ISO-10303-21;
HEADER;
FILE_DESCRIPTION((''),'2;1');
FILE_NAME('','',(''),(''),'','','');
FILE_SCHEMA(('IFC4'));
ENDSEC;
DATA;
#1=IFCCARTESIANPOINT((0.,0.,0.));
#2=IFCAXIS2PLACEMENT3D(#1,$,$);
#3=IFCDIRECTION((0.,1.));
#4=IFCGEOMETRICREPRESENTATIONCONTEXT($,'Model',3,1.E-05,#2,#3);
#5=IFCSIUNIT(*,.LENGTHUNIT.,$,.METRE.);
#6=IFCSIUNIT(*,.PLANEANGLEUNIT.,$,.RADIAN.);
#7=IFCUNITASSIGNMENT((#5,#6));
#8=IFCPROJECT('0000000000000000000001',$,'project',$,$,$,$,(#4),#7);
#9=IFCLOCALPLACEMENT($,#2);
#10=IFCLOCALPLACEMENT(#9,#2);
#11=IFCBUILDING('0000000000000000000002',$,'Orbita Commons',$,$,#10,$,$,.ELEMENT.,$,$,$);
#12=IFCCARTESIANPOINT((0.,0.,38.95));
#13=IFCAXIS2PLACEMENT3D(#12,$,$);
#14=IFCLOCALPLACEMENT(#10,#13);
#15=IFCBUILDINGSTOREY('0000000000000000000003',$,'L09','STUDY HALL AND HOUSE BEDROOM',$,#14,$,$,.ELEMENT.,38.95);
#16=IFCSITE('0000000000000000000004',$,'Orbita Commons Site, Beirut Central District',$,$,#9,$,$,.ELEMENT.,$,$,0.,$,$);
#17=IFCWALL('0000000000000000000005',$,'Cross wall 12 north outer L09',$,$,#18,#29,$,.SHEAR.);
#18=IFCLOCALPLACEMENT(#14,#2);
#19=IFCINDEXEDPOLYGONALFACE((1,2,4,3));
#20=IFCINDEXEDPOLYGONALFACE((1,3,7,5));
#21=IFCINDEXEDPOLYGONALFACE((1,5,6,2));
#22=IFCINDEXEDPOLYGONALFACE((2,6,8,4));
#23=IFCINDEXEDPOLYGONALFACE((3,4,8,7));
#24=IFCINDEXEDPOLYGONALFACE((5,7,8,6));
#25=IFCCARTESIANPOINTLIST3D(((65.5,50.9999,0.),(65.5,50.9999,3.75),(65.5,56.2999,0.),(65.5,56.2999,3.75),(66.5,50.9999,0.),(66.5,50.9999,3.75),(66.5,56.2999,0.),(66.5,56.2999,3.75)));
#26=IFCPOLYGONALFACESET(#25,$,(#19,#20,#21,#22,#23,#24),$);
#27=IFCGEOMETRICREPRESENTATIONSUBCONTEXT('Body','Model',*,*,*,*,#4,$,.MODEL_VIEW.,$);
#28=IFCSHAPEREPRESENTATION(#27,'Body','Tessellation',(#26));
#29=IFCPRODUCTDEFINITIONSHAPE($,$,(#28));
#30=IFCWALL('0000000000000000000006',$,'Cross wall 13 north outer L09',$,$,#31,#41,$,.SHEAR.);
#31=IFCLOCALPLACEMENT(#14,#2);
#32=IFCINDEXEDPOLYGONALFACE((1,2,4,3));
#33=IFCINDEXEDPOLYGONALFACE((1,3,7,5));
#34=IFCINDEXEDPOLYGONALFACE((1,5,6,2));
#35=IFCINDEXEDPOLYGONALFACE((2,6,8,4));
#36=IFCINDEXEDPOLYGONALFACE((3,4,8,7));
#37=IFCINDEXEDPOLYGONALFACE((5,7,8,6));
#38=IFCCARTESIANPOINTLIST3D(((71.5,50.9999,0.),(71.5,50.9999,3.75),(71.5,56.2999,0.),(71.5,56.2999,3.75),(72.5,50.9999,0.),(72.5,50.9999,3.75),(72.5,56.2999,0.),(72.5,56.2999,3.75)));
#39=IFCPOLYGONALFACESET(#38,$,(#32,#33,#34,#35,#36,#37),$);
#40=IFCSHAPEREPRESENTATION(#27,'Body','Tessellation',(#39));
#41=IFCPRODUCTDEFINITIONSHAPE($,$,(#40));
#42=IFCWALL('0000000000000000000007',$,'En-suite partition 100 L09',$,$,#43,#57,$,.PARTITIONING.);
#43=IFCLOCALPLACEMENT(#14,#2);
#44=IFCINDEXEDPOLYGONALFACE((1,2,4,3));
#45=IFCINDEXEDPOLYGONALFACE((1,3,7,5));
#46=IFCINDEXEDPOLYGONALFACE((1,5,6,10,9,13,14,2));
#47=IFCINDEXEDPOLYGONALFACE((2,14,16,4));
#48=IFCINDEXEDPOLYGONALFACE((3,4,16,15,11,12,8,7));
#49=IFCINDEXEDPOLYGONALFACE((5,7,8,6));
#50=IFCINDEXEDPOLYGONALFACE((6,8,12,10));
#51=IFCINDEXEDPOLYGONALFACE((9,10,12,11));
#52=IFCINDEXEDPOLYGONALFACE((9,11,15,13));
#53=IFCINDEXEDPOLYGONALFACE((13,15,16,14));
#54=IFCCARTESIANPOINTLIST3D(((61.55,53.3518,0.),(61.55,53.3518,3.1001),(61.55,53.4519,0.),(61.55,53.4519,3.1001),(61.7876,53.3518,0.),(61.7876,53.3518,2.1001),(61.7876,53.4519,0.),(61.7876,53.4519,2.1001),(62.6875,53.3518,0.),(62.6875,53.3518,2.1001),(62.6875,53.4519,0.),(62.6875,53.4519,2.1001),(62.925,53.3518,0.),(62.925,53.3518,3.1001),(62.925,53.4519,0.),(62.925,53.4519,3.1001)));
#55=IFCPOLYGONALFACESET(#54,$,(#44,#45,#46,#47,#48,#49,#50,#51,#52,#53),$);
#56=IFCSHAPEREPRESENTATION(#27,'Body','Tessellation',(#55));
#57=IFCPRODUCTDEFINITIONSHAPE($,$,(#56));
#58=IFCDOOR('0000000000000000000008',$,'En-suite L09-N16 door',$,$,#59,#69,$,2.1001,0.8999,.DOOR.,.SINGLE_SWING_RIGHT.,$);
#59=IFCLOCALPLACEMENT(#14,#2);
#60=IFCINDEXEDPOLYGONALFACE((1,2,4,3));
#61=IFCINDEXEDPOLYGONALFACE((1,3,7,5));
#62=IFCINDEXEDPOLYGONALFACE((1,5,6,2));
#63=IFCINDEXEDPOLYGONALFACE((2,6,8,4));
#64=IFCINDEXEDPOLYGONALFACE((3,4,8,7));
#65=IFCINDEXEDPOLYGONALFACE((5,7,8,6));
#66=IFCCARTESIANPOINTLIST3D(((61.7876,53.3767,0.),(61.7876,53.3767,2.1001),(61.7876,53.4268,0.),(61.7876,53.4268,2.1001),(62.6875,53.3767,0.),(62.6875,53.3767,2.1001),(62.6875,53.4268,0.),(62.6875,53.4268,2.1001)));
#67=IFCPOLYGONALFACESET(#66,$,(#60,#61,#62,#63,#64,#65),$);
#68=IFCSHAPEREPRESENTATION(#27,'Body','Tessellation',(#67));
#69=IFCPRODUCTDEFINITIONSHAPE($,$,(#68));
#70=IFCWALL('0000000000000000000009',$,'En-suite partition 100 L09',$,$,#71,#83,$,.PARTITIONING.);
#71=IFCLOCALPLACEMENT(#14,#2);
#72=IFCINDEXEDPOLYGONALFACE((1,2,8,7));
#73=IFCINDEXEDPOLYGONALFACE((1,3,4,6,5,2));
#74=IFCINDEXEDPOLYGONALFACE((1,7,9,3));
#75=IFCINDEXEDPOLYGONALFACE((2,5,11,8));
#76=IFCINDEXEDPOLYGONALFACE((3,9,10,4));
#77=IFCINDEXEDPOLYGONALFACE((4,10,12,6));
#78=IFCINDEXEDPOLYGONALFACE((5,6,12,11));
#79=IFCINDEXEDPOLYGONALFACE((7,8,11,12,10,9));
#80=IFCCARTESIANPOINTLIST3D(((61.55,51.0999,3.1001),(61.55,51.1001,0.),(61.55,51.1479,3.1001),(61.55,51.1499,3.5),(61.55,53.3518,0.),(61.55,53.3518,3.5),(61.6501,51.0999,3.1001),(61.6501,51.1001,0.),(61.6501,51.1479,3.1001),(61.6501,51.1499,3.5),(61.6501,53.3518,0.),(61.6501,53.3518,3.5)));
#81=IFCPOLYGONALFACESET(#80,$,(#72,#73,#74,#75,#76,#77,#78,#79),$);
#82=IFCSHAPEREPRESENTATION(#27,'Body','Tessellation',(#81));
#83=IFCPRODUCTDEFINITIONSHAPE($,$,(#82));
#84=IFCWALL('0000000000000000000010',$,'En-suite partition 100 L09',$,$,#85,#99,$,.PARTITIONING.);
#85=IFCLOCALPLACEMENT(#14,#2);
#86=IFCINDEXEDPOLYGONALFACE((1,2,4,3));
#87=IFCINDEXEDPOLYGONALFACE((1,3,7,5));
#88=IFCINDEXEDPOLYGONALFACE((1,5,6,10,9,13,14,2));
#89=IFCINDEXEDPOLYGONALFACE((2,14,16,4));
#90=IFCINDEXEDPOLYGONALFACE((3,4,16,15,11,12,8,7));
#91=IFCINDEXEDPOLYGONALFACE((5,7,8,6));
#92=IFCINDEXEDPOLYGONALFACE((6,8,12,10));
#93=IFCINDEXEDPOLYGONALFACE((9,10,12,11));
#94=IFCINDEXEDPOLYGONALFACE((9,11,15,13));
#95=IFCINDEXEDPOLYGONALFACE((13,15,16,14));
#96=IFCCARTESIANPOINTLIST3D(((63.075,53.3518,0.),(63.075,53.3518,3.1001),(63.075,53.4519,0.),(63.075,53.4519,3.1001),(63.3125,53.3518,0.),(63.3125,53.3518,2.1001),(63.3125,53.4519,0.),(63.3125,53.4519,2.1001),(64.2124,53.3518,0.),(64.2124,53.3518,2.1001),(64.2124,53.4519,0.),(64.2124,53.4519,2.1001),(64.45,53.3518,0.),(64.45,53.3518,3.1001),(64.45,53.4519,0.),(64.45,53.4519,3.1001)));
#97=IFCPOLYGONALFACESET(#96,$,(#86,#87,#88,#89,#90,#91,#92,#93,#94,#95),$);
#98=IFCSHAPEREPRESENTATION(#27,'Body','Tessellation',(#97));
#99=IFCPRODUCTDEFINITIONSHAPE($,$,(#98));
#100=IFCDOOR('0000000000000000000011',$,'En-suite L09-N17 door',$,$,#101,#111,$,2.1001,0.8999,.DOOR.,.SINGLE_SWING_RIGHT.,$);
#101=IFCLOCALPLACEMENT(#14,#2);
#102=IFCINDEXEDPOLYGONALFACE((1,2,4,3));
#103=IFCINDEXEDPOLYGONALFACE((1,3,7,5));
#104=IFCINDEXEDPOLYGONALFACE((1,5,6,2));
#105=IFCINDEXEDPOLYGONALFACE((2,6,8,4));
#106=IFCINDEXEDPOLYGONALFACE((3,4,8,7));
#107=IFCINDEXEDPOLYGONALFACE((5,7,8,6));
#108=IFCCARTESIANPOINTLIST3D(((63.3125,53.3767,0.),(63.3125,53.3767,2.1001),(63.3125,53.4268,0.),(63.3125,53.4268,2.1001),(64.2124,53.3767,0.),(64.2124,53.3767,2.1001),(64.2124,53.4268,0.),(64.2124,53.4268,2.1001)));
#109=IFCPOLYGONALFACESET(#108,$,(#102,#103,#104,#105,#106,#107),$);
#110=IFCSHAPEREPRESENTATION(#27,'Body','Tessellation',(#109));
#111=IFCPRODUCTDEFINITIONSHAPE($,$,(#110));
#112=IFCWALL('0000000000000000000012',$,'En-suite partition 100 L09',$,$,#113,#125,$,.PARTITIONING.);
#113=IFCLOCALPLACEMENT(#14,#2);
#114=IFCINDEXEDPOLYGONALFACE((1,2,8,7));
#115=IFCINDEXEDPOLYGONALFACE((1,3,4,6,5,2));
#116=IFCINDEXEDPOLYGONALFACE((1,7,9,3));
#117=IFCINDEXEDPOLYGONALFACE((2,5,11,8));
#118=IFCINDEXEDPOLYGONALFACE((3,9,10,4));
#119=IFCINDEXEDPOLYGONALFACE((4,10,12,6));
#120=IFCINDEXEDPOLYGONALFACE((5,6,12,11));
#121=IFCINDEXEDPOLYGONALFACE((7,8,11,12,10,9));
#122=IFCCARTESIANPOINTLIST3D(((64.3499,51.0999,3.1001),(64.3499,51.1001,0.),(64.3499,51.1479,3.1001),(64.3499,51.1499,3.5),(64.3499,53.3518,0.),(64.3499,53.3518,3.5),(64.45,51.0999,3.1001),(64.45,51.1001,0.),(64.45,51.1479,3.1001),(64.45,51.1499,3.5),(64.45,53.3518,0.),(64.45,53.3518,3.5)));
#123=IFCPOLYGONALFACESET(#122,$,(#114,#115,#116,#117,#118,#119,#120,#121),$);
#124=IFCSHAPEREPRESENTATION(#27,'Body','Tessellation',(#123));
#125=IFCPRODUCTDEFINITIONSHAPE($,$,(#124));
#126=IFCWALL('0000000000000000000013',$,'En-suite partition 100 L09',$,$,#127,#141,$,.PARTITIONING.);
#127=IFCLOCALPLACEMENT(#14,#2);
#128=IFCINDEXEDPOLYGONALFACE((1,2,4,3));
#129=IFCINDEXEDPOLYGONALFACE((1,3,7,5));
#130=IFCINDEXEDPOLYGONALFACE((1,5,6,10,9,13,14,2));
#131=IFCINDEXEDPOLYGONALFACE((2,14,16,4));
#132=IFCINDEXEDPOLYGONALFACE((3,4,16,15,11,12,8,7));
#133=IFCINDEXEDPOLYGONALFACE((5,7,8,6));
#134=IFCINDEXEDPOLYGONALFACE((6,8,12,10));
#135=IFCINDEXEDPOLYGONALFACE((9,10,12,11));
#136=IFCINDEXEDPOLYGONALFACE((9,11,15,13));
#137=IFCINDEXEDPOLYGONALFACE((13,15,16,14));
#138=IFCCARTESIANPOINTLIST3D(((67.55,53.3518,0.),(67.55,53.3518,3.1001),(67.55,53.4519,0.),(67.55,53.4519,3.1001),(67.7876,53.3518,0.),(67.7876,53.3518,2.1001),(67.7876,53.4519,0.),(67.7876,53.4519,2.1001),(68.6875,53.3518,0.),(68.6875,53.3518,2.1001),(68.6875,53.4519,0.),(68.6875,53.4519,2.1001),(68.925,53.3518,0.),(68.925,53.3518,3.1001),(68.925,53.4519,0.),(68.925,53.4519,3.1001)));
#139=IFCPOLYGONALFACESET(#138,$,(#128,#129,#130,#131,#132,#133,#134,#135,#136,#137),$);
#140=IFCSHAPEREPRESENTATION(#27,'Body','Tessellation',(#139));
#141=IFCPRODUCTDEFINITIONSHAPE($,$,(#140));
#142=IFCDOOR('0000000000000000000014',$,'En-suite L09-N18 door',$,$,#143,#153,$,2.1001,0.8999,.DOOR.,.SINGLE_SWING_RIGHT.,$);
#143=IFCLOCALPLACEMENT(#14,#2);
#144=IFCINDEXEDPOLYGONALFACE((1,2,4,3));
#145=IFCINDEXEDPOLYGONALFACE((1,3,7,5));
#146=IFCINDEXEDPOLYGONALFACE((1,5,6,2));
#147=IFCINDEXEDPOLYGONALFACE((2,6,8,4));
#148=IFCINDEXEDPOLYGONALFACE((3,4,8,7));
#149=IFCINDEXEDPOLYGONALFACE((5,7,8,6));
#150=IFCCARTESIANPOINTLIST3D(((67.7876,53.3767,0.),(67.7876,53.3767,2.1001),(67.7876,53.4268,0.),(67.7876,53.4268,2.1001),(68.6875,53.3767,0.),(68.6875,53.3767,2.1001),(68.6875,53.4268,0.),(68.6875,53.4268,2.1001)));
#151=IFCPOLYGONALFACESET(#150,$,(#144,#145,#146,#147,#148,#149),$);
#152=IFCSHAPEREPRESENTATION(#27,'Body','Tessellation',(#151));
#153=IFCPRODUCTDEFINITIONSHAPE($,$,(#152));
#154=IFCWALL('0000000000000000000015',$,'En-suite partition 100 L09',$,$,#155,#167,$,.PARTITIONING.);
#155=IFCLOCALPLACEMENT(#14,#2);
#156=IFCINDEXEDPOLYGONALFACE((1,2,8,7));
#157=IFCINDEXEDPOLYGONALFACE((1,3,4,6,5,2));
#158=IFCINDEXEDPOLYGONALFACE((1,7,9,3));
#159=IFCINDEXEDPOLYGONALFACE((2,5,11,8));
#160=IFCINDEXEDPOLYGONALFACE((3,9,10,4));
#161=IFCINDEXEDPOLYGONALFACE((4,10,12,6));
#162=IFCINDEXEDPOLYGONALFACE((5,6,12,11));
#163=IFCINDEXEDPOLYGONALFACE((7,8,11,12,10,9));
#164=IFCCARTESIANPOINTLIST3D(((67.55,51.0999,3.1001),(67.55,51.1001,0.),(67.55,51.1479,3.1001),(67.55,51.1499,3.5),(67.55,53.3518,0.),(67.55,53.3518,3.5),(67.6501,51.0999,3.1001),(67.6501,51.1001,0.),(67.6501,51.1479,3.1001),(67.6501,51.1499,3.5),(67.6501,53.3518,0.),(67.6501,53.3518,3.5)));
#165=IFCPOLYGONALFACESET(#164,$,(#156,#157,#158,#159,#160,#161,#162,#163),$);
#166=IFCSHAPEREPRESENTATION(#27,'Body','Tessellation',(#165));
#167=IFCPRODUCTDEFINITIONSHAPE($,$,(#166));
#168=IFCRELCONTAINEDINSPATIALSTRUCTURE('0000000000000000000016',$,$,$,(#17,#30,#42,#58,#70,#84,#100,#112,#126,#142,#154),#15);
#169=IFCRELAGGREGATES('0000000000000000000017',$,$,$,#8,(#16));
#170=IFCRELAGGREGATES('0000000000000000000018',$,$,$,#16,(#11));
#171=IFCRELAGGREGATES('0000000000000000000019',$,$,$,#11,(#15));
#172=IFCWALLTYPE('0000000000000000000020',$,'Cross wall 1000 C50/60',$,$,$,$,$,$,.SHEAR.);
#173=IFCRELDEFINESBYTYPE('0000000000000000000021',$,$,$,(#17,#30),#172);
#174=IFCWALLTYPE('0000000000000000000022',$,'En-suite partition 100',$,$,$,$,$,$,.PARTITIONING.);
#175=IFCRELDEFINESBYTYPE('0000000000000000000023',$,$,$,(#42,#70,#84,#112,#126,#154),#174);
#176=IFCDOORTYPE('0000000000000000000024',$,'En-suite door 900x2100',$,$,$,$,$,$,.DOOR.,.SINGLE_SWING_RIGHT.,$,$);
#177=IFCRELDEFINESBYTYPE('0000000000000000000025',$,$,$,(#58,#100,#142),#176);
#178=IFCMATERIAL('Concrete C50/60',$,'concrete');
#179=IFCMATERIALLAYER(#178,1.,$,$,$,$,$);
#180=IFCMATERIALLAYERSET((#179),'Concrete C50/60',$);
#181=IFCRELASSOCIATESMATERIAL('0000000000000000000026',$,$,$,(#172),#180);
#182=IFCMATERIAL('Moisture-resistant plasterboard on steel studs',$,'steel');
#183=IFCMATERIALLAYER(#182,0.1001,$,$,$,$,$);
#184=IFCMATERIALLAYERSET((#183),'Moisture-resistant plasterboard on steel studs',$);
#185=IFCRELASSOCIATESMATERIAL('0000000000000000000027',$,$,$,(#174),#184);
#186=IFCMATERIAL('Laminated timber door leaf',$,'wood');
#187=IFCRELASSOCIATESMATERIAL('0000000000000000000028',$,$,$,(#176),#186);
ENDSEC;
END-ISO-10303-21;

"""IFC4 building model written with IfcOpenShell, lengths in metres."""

from ifc_helpers import new_model, si_unit, direction, frame, frame_2d, origin, place, context, subcontext, project, spatial, polyline, rectangle, outline, extrude, material, layer, layer_set, type_object, element, fill, save


model = new_model("IFC4")

# Units and contexts
model_context = context("Model", 3, precision=1e-05, world=origin(), true_north=direction((0.0, 1.0)))
body_context = subcontext(model_context, "Body", "Model", "MODEL_VIEW")
ifc_project = project(units=[si_unit("LENGTHUNIT", "METRE"), si_unit("PLANEANGLEUNIT", "RADIAN")], contexts=[model_context])

# Site, building, storey
site_placement = place(None, origin())
site = spatial("IfcSite", under=ifc_project, at=site_placement, Name="Orbita Commons Site, Beirut Central District", CompositionType="ELEMENT", RefElevation=0.0)
building_placement = place(site_placement, origin())
building = spatial("IfcBuilding", under=site, at=building_placement, Name="Orbita Commons", CompositionType="ELEMENT")
storey_placement = place(building_placement, frame((0.0, 0.0, 38.95)))
storey = spatial("IfcBuildingStorey", under=building, at=storey_placement, Name="L09", Description="STUDY HALL AND HOUSE BEDROOM", CompositionType="ELEMENT", Elevation=38.95)

# Walls
ifc_material_1 = material(Name="Concrete C50/60", Category="concrete")
ifc_layer_1 = layer(ifc_material_1, 1.0)
ifc_layer_set_1 = layer_set([ifc_layer_1], Name="Concrete C50/60")
wall_type_1 = type_object("IfcWallType", Name="Cross wall 1000 C50/60", PredefinedType="SHEAR", material=ifc_layer_set_1)
for number, where, z_axis, x_axis, name in (
    (1, (66.0, 51.0, 0.0), (0.0, 0.0, 1.0), (0.0, 1.0, 0.0), "Cross wall 12 north outer L09"),
    (2, (72.0, 51.0, 0.0), (0.0, 0.0, 1.0), (0.0, 1.0, 0.0), "Cross wall 13 north outer L09"),
):
    element("IfcWall", number, at=place(storey_placement, frame(where, z_axis=z_axis, x_axis=x_axis)), inside=storey, type_object=wall_type_1, Name=name, PredefinedType="SHEAR", context=body_context, shape_type="SweptSolid", body=[
        extrude(rectangle(XDim=5.3, YDim=1.0, at=frame_2d((2.6499, 0.0))), origin(), (0.0, 0.0, 1.0), 3.75),
    ])

# Wall, opening, door
ifc_material_2 = material(Name="Moisture-resistant plasterboard on steel studs", Category="steel")
ifc_layer_2 = layer(ifc_material_2, 0.1001)
ifc_layer_set_2 = layer_set([ifc_layer_2], Name="Moisture-resistant plasterboard on steel studs")
wall_type_2 = type_object("IfcWallType", Name="En-suite partition 100", PredefinedType="PARTITIONING", material=ifc_layer_set_2)
wall_1_placement = place(storey_placement, frame((61.55, 53.4019, 0.0), z_axis=(0.0, 0.0, 1.0), x_axis=(1.0, 0.0, 0.0)))
wall_1 = element("IfcWall", 3, at=wall_1_placement, inside=storey, type_object=wall_type_2, Name="En-suite partition 100 L09", PredefinedType="PARTITIONING", context=body_context, shape_type="SweptSolid", body=[
    extrude(outline(polyline([(0.0, 0.0), (1.375, 0.0), (1.375, 3.1001), (0.0, 3.1001), (0.0, 0.0)])), frame((0.0, 0.05, 0.0), z_axis=(0.0, -1.0, 0.0), x_axis=(1.0, 0.0, 0.0)), (0.0, 0.0, 1.0), 0.1001),
])
opening_1_placement = place(wall_1_placement, frame((0.2375, 0.0, 0.0)))
opening_1 = element("IfcOpeningElement", 4, at=opening_1_placement, cuts=wall_1, PredefinedType="OPENING", context=body_context, shape_type="SweptSolid", body=[
    extrude(rectangle(XDim=0.8999, YDim=2.1001, at=frame_2d((0.45, 1.05))), frame((0.0, 0.0601, 0.0), z_axis=(0.0, -1.0, 0.0), x_axis=(1.0, 0.0, 0.0)), (0.0, 0.0, 1.0), 0.1201),
])
ifc_material_3 = material(Name="Laminated timber door leaf", Category="wood")
door_type_1 = type_object("IfcDoorType", Name="En-suite door 900x2100", OperationType="SINGLE_SWING_RIGHT", PredefinedType="DOOR", material=ifc_material_3)
door_1_placement = place(opening_1_placement, origin())
door_1 = element("IfcDoor", 5, at=door_1_placement, inside=storey, type_object=door_type_1, Name="En-suite L09-N16 door", OperationType="SINGLE_SWING_RIGHT", OverallHeight=2.1001, OverallWidth=0.8999, PredefinedType="DOOR", context=body_context, shape_type="SweptSolid", body=[
    extrude(rectangle(XDim=0.8999, YDim=2.1001, at=frame_2d((0.45, 1.05))), frame((0.0, 0.0249, 0.0), z_axis=(0.0, -1.0, 0.0), x_axis=(1.0, 0.0, 0.0)), (0.0, 0.0, 1.0), 0.05),
])
fill(opening_1, door_1)

# Wall
wall_2_placement = place(storey_placement, frame((61.6001, 53.3518, 0.0), z_axis=(0.0, 0.0, 1.0), x_axis=(0.0, -1.0, 0.0)))
element("IfcWall", 6, at=wall_2_placement, inside=storey, type_object=wall_type_2, Name="En-suite partition 100 L09", PredefinedType="PARTITIONING", context=body_context, shape_type="SweptSolid", body=[
    extrude(outline(polyline([(0.0, 0.0), (2.2517, 0.0), (2.252, 3.1001), (2.2039, 3.1001), (2.2019, 3.5), (0.0, 3.5), (0.0, 0.0)])), frame((0.0, 0.05, 0.0), z_axis=(0.0, -1.0, 0.0), x_axis=(1.0, 0.0, 0.0)), (0.0, 0.0, 1.0), 0.1001),
])

# Wall, opening, door
wall_3_placement = place(storey_placement, frame((63.075, 53.4019, 0.0), z_axis=(0.0, 0.0, 1.0), x_axis=(1.0, 0.0, 0.0)))
wall_3 = element("IfcWall", 7, at=wall_3_placement, inside=storey, type_object=wall_type_2, Name="En-suite partition 100 L09", PredefinedType="PARTITIONING", context=body_context, shape_type="SweptSolid", body=[
    extrude(outline(polyline([(0.0, 0.0), (1.375, 0.0), (1.375, 3.1001), (0.0, 3.1001), (0.0, 0.0)])), frame((0.0, 0.05, 0.0), z_axis=(0.0, -1.0, 0.0), x_axis=(1.0, 0.0, 0.0)), (0.0, 0.0, 1.0), 0.1001),
])
opening_2_placement = place(wall_3_placement, frame((0.2375, 0.0, 0.0)))
opening_2 = element("IfcOpeningElement", 8, at=opening_2_placement, cuts=wall_3, PredefinedType="OPENING", context=body_context, shape_type="SweptSolid", body=[
    extrude(rectangle(XDim=0.8999, YDim=2.1001, at=frame_2d((0.45, 1.05))), frame((0.0, 0.0601, 0.0), z_axis=(0.0, -1.0, 0.0), x_axis=(1.0, 0.0, 0.0)), (0.0, 0.0, 1.0), 0.1201),
])
door_2_placement = place(opening_2_placement, origin())
door_2 = element("IfcDoor", 9, at=door_2_placement, inside=storey, type_object=door_type_1, Name="En-suite L09-N17 door", OperationType="SINGLE_SWING_RIGHT", OverallHeight=2.1001, OverallWidth=0.8999, PredefinedType="DOOR", context=body_context, shape_type="SweptSolid", body=[
    extrude(rectangle(XDim=0.8999, YDim=2.1001, at=frame_2d((0.45, 1.05))), frame((0.0, 0.0249, 0.0), z_axis=(0.0, -1.0, 0.0), x_axis=(1.0, 0.0, 0.0)), (0.0, 0.0, 1.0), 0.05),
])
fill(opening_2, door_2)

# Wall
wall_4_placement = place(storey_placement, frame((64.3999, 53.3518, 0.0), z_axis=(0.0, 0.0, 1.0), x_axis=(0.0, -1.0, 0.0)))
element("IfcWall", 10, at=wall_4_placement, inside=storey, type_object=wall_type_2, Name="En-suite partition 100 L09", PredefinedType="PARTITIONING", context=body_context, shape_type="SweptSolid", body=[
    extrude(outline(polyline([(0.0, 0.0), (2.2517, 0.0), (2.252, 3.1001), (2.2039, 3.1001), (2.2019, 3.5), (0.0, 3.5), (0.0, 0.0)])), frame((0.0, 0.05, 0.0), z_axis=(0.0, -1.0, 0.0), x_axis=(1.0, 0.0, 0.0)), (0.0, 0.0, 1.0), 0.1001),
])

# Wall, opening, door
wall_5_placement = place(storey_placement, frame((67.55, 53.4019, 0.0), z_axis=(0.0, 0.0, 1.0), x_axis=(1.0, 0.0, 0.0)))
wall_5 = element("IfcWall", 11, at=wall_5_placement, inside=storey, type_object=wall_type_2, Name="En-suite partition 100 L09", PredefinedType="PARTITIONING", context=body_context, shape_type="SweptSolid", body=[
    extrude(outline(polyline([(0.0, 0.0), (1.375, 0.0), (1.375, 3.1001), (0.0, 3.1001), (0.0, 0.0)])), frame((0.0, 0.05, 0.0), z_axis=(0.0, -1.0, 0.0), x_axis=(1.0, 0.0, 0.0)), (0.0, 0.0, 1.0), 0.1001),
])
opening_3_placement = place(wall_5_placement, frame((0.2375, 0.0, 0.0)))
opening_3 = element("IfcOpeningElement", 12, at=opening_3_placement, cuts=wall_5, PredefinedType="OPENING", context=body_context, shape_type="SweptSolid", body=[
    extrude(rectangle(XDim=0.8999, YDim=2.1001, at=frame_2d((0.45, 1.05))), frame((0.0, 0.0601, 0.0), z_axis=(0.0, -1.0, 0.0), x_axis=(1.0, 0.0, 0.0)), (0.0, 0.0, 1.0), 0.1201),
])
door_3_placement = place(opening_3_placement, origin())
door_3 = element("IfcDoor", 13, at=door_3_placement, inside=storey, type_object=door_type_1, Name="En-suite L09-N18 door", OperationType="SINGLE_SWING_RIGHT", OverallHeight=2.1001, OverallWidth=0.8999, PredefinedType="DOOR", context=body_context, shape_type="SweptSolid", body=[
    extrude(rectangle(XDim=0.8999, YDim=2.1001, at=frame_2d((0.45, 1.05))), frame((0.0, 0.0249, 0.0), z_axis=(0.0, -1.0, 0.0), x_axis=(1.0, 0.0, 0.0)), (0.0, 0.0, 1.0), 0.05),
])
fill(opening_3, door_3)

# Wall
wall_6_placement = place(storey_placement, frame((67.6001, 53.3518, 0.0), z_axis=(0.0, 0.0, 1.0), x_axis=(0.0, -1.0, 0.0)))
element("IfcWall", 14, at=wall_6_placement, inside=storey, type_object=wall_type_2, Name="En-suite partition 100 L09", PredefinedType="PARTITIONING", context=body_context, shape_type="SweptSolid", body=[
    extrude(outline(polyline([(0.0, 0.0), (2.2517, 0.0), (2.252, 3.1001), (2.2039, 3.1001), (2.2019, 3.5), (0.0, 3.5), (0.0, 0.0)])), frame((0.0, 0.05, 0.0), z_axis=(0.0, -1.0, 0.0), x_axis=(1.0, 0.0, 0.0)), (0.0, 0.0, 1.0), 0.1001),
])

save(model, "model.ifc")
